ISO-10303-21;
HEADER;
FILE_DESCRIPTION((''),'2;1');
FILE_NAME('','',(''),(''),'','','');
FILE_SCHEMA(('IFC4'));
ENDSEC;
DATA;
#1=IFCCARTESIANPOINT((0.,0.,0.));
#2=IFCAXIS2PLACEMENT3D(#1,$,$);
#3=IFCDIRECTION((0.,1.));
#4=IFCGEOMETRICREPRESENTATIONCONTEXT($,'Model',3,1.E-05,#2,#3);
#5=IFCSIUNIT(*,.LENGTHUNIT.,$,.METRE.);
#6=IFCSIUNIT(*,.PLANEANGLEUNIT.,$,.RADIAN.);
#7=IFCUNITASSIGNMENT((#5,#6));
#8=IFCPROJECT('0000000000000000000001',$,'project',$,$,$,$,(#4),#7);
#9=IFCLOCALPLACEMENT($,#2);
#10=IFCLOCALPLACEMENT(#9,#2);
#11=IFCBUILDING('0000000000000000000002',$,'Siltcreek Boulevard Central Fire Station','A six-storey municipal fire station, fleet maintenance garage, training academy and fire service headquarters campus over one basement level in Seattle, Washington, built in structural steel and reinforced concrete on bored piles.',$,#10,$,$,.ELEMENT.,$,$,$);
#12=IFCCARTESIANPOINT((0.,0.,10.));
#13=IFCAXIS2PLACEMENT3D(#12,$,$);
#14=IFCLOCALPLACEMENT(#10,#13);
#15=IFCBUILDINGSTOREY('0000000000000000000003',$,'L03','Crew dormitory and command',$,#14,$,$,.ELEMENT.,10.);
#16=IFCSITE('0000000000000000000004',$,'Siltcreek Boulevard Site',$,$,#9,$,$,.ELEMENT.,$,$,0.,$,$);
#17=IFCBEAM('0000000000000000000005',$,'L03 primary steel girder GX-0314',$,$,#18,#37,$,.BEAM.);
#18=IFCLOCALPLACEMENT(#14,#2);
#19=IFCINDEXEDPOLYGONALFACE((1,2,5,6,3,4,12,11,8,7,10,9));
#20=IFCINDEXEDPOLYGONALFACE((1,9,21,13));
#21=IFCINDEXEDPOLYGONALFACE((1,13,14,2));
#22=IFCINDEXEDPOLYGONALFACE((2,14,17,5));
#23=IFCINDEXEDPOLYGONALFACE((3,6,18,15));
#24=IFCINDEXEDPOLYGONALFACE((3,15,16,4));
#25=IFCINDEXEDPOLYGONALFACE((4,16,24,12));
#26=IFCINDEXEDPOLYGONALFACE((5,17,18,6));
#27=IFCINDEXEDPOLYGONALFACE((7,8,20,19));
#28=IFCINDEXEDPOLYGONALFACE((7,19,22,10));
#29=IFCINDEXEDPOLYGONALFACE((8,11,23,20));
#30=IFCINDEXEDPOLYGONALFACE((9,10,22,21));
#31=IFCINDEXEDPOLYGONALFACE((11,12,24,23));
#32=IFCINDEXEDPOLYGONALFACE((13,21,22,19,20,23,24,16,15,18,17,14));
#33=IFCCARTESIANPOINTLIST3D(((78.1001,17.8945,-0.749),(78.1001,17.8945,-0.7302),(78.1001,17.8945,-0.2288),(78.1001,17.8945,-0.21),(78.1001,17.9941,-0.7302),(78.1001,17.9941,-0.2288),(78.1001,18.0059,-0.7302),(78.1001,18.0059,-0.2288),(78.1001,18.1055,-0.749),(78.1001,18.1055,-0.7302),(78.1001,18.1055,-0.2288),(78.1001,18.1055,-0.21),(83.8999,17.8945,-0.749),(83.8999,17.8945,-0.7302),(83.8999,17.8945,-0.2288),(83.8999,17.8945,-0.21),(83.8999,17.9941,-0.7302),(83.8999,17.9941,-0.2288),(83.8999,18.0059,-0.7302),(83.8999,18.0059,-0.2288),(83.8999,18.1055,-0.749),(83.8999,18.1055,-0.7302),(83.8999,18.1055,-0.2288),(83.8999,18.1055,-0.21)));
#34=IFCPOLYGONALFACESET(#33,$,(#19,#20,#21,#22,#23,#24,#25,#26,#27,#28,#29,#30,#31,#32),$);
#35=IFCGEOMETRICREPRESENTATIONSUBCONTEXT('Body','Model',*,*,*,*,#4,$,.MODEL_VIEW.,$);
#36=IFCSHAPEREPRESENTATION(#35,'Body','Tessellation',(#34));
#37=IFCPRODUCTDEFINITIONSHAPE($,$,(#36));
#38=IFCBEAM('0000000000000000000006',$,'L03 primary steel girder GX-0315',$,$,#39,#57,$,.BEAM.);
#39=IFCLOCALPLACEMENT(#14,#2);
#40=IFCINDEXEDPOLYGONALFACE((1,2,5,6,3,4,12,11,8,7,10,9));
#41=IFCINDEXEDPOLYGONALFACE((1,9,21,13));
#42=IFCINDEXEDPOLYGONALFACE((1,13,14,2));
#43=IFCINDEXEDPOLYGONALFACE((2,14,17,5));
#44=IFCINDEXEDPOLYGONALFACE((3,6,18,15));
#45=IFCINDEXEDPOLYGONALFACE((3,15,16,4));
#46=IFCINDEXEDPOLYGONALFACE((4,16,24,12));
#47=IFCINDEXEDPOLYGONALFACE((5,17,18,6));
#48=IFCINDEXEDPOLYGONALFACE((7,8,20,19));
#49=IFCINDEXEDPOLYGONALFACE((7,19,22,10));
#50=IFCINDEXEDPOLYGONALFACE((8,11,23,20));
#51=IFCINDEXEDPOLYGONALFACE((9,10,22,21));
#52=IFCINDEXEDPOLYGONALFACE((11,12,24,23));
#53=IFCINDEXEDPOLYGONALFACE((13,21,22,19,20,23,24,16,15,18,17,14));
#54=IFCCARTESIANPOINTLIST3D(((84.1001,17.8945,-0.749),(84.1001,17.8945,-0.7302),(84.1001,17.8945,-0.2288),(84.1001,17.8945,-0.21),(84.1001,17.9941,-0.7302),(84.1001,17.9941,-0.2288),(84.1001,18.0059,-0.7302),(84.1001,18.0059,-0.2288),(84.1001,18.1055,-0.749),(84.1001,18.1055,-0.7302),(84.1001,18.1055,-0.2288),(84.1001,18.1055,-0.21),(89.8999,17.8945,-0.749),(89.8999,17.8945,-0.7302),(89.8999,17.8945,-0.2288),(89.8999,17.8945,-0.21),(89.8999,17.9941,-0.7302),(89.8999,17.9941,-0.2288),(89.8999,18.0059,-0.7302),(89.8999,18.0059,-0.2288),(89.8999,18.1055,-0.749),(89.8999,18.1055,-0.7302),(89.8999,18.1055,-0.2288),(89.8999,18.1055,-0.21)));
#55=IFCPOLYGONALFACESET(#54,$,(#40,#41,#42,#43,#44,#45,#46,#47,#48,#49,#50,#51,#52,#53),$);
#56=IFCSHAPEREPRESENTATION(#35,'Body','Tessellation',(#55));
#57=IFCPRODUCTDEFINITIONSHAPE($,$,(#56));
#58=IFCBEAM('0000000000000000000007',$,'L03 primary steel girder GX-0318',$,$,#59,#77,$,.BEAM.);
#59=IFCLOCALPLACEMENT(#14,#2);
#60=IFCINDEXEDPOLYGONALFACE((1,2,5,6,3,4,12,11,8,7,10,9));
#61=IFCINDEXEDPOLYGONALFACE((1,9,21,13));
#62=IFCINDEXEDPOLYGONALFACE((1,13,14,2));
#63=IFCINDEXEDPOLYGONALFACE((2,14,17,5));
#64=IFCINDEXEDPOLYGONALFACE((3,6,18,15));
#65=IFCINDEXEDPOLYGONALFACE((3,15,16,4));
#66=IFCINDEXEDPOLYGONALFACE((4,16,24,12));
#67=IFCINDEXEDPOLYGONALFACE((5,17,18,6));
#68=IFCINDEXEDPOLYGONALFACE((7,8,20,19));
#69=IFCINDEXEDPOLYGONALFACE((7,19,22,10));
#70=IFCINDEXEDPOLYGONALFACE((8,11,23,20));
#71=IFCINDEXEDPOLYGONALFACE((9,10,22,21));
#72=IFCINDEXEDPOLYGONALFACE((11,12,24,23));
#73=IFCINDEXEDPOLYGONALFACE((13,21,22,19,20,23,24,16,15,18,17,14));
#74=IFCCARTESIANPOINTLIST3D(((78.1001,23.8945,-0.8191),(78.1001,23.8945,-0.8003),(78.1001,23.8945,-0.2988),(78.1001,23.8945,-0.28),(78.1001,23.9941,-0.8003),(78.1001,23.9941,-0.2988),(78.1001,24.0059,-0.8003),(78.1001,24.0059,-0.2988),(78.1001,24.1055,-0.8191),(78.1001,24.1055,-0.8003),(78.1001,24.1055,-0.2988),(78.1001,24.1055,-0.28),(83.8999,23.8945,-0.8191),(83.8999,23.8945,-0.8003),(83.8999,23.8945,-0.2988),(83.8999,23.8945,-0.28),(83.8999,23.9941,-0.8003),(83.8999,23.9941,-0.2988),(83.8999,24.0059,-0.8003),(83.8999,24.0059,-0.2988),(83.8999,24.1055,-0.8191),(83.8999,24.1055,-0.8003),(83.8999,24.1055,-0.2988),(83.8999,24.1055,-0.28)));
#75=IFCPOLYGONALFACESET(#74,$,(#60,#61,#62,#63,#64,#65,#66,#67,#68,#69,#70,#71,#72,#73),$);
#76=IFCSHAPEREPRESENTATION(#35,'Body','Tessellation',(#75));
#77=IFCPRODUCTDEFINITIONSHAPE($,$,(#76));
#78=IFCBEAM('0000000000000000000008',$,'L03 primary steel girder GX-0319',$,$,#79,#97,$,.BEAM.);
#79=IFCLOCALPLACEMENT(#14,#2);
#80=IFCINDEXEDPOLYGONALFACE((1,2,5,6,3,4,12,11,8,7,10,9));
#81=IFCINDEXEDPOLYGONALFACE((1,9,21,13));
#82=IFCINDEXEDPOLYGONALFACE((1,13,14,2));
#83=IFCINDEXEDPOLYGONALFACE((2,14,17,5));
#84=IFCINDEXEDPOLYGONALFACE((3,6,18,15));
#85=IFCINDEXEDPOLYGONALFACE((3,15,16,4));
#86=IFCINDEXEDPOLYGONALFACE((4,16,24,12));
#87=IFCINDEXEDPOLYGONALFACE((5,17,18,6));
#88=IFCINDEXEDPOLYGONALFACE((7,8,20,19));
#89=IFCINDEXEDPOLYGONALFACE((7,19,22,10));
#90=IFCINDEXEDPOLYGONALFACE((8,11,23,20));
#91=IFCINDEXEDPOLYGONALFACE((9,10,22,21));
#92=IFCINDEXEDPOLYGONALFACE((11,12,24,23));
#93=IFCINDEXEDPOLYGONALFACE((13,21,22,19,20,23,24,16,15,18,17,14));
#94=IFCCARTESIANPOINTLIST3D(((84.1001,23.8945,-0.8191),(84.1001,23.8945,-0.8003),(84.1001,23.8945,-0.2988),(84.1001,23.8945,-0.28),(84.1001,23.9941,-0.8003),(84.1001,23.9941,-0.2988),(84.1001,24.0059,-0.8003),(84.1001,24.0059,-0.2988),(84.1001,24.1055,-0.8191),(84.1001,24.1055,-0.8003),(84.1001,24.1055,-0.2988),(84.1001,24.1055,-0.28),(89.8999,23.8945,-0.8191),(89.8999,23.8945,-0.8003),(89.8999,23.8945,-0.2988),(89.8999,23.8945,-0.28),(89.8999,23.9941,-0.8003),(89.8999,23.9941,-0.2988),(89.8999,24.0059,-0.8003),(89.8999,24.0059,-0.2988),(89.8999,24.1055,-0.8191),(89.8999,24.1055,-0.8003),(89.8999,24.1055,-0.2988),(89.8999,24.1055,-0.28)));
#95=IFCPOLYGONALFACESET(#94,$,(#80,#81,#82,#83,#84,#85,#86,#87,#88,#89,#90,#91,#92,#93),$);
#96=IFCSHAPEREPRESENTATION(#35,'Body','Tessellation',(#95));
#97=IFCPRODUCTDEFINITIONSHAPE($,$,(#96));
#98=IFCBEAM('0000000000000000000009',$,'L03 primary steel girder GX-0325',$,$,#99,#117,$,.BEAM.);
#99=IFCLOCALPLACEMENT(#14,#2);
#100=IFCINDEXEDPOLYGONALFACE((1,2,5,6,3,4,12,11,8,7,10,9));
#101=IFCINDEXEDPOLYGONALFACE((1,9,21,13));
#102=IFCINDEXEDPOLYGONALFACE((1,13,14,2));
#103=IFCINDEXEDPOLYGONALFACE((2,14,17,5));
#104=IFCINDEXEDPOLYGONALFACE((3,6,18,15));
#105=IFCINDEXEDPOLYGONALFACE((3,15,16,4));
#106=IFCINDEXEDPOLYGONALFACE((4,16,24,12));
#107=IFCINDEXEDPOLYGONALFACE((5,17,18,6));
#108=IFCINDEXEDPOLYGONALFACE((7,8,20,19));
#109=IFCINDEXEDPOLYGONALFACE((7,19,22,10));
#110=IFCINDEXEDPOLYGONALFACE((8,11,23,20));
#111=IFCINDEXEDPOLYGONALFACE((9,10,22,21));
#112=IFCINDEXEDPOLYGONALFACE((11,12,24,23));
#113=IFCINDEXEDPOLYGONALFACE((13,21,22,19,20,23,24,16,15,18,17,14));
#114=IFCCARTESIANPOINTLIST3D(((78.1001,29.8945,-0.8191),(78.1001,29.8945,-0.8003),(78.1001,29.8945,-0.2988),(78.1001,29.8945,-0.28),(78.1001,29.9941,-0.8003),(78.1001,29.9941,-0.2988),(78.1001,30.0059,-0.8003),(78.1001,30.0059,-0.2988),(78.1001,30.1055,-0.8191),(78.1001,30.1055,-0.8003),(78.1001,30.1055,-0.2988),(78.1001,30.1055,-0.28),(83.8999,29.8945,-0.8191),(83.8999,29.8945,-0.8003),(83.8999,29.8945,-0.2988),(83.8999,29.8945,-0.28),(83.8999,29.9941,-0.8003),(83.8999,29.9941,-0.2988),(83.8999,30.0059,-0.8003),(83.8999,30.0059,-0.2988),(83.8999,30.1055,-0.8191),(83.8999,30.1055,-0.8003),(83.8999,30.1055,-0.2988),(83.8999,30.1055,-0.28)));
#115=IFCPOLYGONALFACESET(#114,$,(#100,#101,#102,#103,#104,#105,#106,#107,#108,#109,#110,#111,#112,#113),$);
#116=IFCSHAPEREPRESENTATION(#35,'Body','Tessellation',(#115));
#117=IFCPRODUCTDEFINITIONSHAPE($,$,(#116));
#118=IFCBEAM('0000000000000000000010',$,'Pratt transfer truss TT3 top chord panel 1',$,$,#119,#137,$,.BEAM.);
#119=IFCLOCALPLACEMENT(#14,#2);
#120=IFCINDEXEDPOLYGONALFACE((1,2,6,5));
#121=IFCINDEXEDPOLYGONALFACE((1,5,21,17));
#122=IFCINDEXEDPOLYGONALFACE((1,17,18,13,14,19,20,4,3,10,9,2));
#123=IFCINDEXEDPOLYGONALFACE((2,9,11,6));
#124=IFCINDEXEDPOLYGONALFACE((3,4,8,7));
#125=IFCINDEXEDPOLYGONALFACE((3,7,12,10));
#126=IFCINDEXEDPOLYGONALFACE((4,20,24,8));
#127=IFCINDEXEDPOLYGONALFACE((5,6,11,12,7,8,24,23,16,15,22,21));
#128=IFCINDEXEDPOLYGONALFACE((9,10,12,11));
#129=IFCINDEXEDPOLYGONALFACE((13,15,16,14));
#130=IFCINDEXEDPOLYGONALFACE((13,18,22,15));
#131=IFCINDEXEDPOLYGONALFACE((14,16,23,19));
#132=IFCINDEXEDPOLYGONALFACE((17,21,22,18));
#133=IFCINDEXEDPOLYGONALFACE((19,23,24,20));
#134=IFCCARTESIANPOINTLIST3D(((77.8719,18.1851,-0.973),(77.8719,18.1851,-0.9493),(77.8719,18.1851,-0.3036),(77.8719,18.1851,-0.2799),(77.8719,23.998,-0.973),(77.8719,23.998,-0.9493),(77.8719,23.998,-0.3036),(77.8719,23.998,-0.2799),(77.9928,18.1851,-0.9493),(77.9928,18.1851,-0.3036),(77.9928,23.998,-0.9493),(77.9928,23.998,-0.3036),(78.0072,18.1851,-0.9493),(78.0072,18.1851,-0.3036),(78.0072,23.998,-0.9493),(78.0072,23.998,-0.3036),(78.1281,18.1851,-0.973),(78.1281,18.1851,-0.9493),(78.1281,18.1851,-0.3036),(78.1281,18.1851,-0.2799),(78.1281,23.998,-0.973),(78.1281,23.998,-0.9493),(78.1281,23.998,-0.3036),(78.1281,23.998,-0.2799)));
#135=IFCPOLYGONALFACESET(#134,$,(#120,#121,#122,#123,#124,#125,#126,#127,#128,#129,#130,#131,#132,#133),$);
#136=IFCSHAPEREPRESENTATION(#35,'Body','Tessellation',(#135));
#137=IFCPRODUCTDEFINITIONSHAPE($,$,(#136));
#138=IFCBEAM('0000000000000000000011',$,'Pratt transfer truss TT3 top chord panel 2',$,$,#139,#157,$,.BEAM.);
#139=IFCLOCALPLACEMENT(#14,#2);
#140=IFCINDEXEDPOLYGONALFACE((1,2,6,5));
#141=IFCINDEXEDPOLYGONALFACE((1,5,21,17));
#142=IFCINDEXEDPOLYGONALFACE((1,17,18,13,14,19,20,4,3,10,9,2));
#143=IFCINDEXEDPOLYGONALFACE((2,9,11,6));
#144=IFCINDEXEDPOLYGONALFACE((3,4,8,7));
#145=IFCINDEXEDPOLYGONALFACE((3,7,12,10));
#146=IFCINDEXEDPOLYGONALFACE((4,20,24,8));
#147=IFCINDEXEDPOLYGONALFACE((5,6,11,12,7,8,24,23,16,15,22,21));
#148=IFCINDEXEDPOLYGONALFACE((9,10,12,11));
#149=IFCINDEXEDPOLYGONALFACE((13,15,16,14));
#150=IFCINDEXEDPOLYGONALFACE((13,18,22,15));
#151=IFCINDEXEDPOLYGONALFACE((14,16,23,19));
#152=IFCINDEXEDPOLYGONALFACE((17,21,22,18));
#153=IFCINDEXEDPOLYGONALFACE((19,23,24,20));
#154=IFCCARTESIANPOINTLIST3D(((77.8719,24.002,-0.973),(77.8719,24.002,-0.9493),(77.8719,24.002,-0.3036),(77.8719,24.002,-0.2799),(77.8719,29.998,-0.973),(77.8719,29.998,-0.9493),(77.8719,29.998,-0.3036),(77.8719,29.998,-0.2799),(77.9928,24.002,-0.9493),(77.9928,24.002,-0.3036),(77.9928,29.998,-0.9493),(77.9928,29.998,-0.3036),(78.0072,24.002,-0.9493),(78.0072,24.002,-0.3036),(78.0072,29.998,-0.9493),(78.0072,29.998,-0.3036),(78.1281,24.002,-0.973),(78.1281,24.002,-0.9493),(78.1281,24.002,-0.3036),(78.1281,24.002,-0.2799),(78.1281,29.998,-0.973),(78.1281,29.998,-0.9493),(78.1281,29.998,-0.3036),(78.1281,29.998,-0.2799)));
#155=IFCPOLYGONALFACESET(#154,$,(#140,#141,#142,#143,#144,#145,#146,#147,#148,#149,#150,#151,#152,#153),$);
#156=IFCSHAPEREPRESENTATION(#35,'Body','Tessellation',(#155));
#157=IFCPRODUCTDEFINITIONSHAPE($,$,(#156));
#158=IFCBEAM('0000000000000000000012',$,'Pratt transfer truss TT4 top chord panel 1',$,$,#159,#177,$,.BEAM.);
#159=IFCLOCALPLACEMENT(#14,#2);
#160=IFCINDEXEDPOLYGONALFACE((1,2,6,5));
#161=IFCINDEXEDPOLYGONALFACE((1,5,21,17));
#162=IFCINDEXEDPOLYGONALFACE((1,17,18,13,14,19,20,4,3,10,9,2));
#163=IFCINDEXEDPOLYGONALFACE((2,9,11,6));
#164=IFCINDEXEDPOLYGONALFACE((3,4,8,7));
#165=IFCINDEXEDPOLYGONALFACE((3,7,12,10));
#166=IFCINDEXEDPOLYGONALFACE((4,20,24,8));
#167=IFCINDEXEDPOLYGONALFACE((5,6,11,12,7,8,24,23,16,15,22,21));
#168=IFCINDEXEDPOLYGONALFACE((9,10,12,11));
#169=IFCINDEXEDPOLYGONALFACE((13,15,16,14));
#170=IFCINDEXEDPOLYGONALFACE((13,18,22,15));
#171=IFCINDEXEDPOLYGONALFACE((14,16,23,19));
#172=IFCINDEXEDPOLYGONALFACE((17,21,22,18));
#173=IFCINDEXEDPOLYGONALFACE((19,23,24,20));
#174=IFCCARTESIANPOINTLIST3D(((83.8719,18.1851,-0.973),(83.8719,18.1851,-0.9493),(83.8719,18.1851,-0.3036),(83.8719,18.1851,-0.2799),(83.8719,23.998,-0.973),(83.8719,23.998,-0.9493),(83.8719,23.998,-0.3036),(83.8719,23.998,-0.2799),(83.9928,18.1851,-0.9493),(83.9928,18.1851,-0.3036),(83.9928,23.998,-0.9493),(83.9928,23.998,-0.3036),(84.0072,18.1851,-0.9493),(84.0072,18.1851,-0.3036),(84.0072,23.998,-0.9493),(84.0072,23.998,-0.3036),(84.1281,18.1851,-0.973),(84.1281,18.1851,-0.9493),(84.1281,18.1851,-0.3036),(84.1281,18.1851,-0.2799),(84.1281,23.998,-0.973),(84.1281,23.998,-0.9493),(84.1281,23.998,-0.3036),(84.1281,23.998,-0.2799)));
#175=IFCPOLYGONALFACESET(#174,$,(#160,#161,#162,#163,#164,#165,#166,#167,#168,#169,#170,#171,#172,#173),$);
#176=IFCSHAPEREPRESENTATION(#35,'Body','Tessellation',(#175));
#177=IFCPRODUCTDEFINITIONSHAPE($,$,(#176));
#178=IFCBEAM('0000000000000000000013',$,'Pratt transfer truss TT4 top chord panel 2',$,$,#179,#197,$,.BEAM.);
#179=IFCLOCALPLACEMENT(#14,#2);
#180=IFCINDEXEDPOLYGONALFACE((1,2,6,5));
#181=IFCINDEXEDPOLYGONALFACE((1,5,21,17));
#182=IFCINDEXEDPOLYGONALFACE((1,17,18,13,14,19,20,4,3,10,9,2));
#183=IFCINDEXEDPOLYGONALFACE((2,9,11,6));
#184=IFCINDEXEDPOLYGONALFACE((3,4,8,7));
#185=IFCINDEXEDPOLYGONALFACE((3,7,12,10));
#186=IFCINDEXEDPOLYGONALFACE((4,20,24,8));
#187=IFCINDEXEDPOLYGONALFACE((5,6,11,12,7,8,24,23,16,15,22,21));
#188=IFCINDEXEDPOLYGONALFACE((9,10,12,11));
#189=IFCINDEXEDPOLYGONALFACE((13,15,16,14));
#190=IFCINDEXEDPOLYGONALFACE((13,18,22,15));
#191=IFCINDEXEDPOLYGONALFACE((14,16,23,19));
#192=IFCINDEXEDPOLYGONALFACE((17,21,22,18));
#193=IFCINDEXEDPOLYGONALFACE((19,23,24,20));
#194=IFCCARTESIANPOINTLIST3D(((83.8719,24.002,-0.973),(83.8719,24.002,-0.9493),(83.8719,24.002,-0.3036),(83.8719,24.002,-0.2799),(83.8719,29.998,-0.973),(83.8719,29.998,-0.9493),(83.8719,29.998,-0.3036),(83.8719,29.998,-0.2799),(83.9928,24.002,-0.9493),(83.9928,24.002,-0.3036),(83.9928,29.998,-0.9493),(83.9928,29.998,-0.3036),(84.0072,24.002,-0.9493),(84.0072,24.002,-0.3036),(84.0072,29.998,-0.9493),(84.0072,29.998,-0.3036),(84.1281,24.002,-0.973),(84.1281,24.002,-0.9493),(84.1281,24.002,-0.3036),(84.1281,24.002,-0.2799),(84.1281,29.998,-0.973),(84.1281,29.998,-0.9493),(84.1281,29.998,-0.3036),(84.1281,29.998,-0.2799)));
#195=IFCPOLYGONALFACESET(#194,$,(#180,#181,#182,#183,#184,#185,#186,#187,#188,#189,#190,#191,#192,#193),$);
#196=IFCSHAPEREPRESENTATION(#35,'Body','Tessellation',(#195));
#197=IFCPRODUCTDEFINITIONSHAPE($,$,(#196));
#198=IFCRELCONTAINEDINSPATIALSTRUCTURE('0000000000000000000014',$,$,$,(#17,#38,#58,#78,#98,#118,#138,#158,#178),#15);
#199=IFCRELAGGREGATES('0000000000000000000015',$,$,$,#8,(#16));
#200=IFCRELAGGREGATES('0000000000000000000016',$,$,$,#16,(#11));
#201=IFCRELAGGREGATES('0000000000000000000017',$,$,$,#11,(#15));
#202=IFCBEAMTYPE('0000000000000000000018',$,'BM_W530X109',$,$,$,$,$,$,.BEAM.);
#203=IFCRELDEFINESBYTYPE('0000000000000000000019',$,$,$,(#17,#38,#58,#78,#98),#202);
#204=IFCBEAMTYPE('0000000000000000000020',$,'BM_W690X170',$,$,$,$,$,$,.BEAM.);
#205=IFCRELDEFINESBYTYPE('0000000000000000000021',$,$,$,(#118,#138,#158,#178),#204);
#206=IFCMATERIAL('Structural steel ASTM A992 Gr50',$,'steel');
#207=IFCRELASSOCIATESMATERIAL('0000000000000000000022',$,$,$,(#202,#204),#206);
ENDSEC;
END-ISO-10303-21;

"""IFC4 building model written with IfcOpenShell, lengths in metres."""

from ifc_helpers import new_model, si_unit, direction, frame, origin, origin_2d, place, context, subcontext, project, spatial, i_section, extrude, material, material_profile, profile_set, type_object, element, save


model = new_model("IFC4")

# Units and contexts
model_context = context("Model", 3, precision=1e-05, world=origin(), true_north=direction((0.0, 1.0)))
body_context = subcontext(model_context, "Body", "Model", "MODEL_VIEW")
ifc_project = project(units=[si_unit("LENGTHUNIT", "METRE"), si_unit("PLANEANGLEUNIT", "RADIAN")], contexts=[model_context])

# Site, building, storey
site_placement = place(None, origin())
site = spatial("IfcSite", under=ifc_project, at=site_placement, Name="Siltcreek Boulevard Site", CompositionType="ELEMENT", RefElevation=0.0)
building_placement = place(site_placement, origin())
building = spatial("IfcBuilding", under=site, at=building_placement, Name="Siltcreek Boulevard Central Fire Station", Description="A six-storey municipal fire station, fleet maintenance garage, training academy and fire service headquarters campus over one basement level in Seattle, Washington, built in structural steel and reinforced concrete on bored piles.", CompositionType="ELEMENT")
storey_placement = place(building_placement, frame((0.0, 0.0, 10.0)))
storey = spatial("IfcBuildingStorey", under=building, at=storey_placement, Name="L03", Description="Crew dormitory and command", CompositionType="ELEMENT", Elevation=10.0)

# Beams
ifc_material_1 = material(Name="Structural steel ASTM A992 Gr50", Category="steel")
ifc_material_profile_1 = material_profile(ifc_material_1, i_section(OverallWidth=0.2109, OverallDepth=0.5391, WebThickness=0.0117, FlangeThickness=0.0188, at=origin_2d()), Name="W530X109")
ifc_profile_set_1 = profile_set([ifc_material_profile_1], Name="Structural steel ASTM A992 Gr50")
beam_type_1 = type_object("IfcBeamType", Name="BM_W530X109", PredefinedType="BEAM", material=ifc_profile_set_1)
for number, where, z_axis, x_axis, name in (
    (1, (78.1001, 18.0, -0.4795), (1.0, 0.0, 0.0), (0.0, 1.0, 0.0), "L03 primary steel girder GX-0314"),
    (2, (84.1001, 18.0, -0.4795), (1.0, 0.0, 0.0), (0.0, 1.0, 0.0), "L03 primary steel girder GX-0315"),
    (3, (78.1001, 24.0, -0.5496), (1.0, 0.0, 0.0), (0.0, 1.0, 0.0), "L03 primary steel girder GX-0318"),
    (4, (84.1001, 24.0, -0.5496), (1.0, 0.0, 0.0), (0.0, 1.0, 0.0), "L03 primary steel girder GX-0319"),
    (5, (78.1001, 30.0, -0.5496), (1.0, 0.0, 0.0), (0.0, 1.0, 0.0), "L03 primary steel girder GX-0325"),
):
    element("IfcBeam", number, at=place(storey_placement, frame(where, z_axis=z_axis, x_axis=x_axis)), inside=storey, type_object=beam_type_1, Name=name, PredefinedType="BEAM", context=body_context, shape_type="SweptSolid", body=[
        extrude(i_section(OverallWidth=0.2109, OverallDepth=0.5391, WebThickness=0.0117, FlangeThickness=0.0188, at=origin_2d()), origin(), (0.0, 0.0, 1.0), 5.7998),
    ])
ifc_material_profile_2 = material_profile(ifc_material_1, i_section(OverallWidth=0.2561, OverallDepth=0.6931, WebThickness=0.0144, FlangeThickness=0.0237, at=origin_2d()), Name="W690X170")
ifc_profile_set_2 = profile_set([ifc_material_profile_2], Name="Structural steel ASTM A992 Gr50")
beam_type_2 = type_object("IfcBeamType", Name="BM_W690X170", PredefinedType="BEAM", material=ifc_profile_set_2)
beam_1_placement = place(storey_placement, frame((78.0, 18.1851, -0.6265), z_axis=(0.0, 1.0, 0.0), x_axis=(-1.0, 0.0, 0.0)))
element("IfcBeam", 6, at=beam_1_placement, inside=storey, type_object=beam_type_2, Name="Pratt transfer truss TT3 top chord panel 1", PredefinedType="BEAM", context=body_context, shape_type="SweptSolid", body=[
    extrude(i_section(OverallWidth=0.2561, OverallDepth=0.6931, WebThickness=0.0144, FlangeThickness=0.0237, at=origin_2d()), origin(), (0.0, 0.0, 1.0), 5.813),
])
beam_2_placement = place(storey_placement, frame((78.0, 24.002, -0.6265), z_axis=(0.0, 1.0, 0.0), x_axis=(-1.0, 0.0, 0.0)))
element("IfcBeam", 7, at=beam_2_placement, inside=storey, type_object=beam_type_2, Name="Pratt transfer truss TT3 top chord panel 2", PredefinedType="BEAM", context=body_context, shape_type="SweptSolid", body=[
    extrude(i_section(OverallWidth=0.2561, OverallDepth=0.6931, WebThickness=0.0144, FlangeThickness=0.0237, at=origin_2d()), origin(), (0.0, 0.0, 1.0), 5.9961),
])
beam_3_placement = place(storey_placement, frame((84.0, 18.1851, -0.6265), z_axis=(0.0, 1.0, 0.0), x_axis=(-1.0, 0.0, 0.0)))
element("IfcBeam", 8, at=beam_3_placement, inside=storey, type_object=beam_type_2, Name="Pratt transfer truss TT4 top chord panel 1", PredefinedType="BEAM", context=body_context, shape_type="SweptSolid", body=[
    extrude(i_section(OverallWidth=0.2561, OverallDepth=0.6931, WebThickness=0.0144, FlangeThickness=0.0237, at=origin_2d()), origin(), (0.0, 0.0, 1.0), 5.813),
])
beam_4_placement = place(storey_placement, frame((84.0, 24.002, -0.6265), z_axis=(0.0, 1.0, 0.0), x_axis=(-1.0, 0.0, 0.0)))
element("IfcBeam", 9, at=beam_4_placement, inside=storey, type_object=beam_type_2, Name="Pratt transfer truss TT4 top chord panel 2", PredefinedType="BEAM", context=body_context, shape_type="SweptSolid", body=[
    extrude(i_section(OverallWidth=0.2561, OverallDepth=0.6931, WebThickness=0.0144, FlangeThickness=0.0237, at=origin_2d()), origin(), (0.0, 0.0, 1.0), 5.9961),
])

save(model, "model.ifc")
